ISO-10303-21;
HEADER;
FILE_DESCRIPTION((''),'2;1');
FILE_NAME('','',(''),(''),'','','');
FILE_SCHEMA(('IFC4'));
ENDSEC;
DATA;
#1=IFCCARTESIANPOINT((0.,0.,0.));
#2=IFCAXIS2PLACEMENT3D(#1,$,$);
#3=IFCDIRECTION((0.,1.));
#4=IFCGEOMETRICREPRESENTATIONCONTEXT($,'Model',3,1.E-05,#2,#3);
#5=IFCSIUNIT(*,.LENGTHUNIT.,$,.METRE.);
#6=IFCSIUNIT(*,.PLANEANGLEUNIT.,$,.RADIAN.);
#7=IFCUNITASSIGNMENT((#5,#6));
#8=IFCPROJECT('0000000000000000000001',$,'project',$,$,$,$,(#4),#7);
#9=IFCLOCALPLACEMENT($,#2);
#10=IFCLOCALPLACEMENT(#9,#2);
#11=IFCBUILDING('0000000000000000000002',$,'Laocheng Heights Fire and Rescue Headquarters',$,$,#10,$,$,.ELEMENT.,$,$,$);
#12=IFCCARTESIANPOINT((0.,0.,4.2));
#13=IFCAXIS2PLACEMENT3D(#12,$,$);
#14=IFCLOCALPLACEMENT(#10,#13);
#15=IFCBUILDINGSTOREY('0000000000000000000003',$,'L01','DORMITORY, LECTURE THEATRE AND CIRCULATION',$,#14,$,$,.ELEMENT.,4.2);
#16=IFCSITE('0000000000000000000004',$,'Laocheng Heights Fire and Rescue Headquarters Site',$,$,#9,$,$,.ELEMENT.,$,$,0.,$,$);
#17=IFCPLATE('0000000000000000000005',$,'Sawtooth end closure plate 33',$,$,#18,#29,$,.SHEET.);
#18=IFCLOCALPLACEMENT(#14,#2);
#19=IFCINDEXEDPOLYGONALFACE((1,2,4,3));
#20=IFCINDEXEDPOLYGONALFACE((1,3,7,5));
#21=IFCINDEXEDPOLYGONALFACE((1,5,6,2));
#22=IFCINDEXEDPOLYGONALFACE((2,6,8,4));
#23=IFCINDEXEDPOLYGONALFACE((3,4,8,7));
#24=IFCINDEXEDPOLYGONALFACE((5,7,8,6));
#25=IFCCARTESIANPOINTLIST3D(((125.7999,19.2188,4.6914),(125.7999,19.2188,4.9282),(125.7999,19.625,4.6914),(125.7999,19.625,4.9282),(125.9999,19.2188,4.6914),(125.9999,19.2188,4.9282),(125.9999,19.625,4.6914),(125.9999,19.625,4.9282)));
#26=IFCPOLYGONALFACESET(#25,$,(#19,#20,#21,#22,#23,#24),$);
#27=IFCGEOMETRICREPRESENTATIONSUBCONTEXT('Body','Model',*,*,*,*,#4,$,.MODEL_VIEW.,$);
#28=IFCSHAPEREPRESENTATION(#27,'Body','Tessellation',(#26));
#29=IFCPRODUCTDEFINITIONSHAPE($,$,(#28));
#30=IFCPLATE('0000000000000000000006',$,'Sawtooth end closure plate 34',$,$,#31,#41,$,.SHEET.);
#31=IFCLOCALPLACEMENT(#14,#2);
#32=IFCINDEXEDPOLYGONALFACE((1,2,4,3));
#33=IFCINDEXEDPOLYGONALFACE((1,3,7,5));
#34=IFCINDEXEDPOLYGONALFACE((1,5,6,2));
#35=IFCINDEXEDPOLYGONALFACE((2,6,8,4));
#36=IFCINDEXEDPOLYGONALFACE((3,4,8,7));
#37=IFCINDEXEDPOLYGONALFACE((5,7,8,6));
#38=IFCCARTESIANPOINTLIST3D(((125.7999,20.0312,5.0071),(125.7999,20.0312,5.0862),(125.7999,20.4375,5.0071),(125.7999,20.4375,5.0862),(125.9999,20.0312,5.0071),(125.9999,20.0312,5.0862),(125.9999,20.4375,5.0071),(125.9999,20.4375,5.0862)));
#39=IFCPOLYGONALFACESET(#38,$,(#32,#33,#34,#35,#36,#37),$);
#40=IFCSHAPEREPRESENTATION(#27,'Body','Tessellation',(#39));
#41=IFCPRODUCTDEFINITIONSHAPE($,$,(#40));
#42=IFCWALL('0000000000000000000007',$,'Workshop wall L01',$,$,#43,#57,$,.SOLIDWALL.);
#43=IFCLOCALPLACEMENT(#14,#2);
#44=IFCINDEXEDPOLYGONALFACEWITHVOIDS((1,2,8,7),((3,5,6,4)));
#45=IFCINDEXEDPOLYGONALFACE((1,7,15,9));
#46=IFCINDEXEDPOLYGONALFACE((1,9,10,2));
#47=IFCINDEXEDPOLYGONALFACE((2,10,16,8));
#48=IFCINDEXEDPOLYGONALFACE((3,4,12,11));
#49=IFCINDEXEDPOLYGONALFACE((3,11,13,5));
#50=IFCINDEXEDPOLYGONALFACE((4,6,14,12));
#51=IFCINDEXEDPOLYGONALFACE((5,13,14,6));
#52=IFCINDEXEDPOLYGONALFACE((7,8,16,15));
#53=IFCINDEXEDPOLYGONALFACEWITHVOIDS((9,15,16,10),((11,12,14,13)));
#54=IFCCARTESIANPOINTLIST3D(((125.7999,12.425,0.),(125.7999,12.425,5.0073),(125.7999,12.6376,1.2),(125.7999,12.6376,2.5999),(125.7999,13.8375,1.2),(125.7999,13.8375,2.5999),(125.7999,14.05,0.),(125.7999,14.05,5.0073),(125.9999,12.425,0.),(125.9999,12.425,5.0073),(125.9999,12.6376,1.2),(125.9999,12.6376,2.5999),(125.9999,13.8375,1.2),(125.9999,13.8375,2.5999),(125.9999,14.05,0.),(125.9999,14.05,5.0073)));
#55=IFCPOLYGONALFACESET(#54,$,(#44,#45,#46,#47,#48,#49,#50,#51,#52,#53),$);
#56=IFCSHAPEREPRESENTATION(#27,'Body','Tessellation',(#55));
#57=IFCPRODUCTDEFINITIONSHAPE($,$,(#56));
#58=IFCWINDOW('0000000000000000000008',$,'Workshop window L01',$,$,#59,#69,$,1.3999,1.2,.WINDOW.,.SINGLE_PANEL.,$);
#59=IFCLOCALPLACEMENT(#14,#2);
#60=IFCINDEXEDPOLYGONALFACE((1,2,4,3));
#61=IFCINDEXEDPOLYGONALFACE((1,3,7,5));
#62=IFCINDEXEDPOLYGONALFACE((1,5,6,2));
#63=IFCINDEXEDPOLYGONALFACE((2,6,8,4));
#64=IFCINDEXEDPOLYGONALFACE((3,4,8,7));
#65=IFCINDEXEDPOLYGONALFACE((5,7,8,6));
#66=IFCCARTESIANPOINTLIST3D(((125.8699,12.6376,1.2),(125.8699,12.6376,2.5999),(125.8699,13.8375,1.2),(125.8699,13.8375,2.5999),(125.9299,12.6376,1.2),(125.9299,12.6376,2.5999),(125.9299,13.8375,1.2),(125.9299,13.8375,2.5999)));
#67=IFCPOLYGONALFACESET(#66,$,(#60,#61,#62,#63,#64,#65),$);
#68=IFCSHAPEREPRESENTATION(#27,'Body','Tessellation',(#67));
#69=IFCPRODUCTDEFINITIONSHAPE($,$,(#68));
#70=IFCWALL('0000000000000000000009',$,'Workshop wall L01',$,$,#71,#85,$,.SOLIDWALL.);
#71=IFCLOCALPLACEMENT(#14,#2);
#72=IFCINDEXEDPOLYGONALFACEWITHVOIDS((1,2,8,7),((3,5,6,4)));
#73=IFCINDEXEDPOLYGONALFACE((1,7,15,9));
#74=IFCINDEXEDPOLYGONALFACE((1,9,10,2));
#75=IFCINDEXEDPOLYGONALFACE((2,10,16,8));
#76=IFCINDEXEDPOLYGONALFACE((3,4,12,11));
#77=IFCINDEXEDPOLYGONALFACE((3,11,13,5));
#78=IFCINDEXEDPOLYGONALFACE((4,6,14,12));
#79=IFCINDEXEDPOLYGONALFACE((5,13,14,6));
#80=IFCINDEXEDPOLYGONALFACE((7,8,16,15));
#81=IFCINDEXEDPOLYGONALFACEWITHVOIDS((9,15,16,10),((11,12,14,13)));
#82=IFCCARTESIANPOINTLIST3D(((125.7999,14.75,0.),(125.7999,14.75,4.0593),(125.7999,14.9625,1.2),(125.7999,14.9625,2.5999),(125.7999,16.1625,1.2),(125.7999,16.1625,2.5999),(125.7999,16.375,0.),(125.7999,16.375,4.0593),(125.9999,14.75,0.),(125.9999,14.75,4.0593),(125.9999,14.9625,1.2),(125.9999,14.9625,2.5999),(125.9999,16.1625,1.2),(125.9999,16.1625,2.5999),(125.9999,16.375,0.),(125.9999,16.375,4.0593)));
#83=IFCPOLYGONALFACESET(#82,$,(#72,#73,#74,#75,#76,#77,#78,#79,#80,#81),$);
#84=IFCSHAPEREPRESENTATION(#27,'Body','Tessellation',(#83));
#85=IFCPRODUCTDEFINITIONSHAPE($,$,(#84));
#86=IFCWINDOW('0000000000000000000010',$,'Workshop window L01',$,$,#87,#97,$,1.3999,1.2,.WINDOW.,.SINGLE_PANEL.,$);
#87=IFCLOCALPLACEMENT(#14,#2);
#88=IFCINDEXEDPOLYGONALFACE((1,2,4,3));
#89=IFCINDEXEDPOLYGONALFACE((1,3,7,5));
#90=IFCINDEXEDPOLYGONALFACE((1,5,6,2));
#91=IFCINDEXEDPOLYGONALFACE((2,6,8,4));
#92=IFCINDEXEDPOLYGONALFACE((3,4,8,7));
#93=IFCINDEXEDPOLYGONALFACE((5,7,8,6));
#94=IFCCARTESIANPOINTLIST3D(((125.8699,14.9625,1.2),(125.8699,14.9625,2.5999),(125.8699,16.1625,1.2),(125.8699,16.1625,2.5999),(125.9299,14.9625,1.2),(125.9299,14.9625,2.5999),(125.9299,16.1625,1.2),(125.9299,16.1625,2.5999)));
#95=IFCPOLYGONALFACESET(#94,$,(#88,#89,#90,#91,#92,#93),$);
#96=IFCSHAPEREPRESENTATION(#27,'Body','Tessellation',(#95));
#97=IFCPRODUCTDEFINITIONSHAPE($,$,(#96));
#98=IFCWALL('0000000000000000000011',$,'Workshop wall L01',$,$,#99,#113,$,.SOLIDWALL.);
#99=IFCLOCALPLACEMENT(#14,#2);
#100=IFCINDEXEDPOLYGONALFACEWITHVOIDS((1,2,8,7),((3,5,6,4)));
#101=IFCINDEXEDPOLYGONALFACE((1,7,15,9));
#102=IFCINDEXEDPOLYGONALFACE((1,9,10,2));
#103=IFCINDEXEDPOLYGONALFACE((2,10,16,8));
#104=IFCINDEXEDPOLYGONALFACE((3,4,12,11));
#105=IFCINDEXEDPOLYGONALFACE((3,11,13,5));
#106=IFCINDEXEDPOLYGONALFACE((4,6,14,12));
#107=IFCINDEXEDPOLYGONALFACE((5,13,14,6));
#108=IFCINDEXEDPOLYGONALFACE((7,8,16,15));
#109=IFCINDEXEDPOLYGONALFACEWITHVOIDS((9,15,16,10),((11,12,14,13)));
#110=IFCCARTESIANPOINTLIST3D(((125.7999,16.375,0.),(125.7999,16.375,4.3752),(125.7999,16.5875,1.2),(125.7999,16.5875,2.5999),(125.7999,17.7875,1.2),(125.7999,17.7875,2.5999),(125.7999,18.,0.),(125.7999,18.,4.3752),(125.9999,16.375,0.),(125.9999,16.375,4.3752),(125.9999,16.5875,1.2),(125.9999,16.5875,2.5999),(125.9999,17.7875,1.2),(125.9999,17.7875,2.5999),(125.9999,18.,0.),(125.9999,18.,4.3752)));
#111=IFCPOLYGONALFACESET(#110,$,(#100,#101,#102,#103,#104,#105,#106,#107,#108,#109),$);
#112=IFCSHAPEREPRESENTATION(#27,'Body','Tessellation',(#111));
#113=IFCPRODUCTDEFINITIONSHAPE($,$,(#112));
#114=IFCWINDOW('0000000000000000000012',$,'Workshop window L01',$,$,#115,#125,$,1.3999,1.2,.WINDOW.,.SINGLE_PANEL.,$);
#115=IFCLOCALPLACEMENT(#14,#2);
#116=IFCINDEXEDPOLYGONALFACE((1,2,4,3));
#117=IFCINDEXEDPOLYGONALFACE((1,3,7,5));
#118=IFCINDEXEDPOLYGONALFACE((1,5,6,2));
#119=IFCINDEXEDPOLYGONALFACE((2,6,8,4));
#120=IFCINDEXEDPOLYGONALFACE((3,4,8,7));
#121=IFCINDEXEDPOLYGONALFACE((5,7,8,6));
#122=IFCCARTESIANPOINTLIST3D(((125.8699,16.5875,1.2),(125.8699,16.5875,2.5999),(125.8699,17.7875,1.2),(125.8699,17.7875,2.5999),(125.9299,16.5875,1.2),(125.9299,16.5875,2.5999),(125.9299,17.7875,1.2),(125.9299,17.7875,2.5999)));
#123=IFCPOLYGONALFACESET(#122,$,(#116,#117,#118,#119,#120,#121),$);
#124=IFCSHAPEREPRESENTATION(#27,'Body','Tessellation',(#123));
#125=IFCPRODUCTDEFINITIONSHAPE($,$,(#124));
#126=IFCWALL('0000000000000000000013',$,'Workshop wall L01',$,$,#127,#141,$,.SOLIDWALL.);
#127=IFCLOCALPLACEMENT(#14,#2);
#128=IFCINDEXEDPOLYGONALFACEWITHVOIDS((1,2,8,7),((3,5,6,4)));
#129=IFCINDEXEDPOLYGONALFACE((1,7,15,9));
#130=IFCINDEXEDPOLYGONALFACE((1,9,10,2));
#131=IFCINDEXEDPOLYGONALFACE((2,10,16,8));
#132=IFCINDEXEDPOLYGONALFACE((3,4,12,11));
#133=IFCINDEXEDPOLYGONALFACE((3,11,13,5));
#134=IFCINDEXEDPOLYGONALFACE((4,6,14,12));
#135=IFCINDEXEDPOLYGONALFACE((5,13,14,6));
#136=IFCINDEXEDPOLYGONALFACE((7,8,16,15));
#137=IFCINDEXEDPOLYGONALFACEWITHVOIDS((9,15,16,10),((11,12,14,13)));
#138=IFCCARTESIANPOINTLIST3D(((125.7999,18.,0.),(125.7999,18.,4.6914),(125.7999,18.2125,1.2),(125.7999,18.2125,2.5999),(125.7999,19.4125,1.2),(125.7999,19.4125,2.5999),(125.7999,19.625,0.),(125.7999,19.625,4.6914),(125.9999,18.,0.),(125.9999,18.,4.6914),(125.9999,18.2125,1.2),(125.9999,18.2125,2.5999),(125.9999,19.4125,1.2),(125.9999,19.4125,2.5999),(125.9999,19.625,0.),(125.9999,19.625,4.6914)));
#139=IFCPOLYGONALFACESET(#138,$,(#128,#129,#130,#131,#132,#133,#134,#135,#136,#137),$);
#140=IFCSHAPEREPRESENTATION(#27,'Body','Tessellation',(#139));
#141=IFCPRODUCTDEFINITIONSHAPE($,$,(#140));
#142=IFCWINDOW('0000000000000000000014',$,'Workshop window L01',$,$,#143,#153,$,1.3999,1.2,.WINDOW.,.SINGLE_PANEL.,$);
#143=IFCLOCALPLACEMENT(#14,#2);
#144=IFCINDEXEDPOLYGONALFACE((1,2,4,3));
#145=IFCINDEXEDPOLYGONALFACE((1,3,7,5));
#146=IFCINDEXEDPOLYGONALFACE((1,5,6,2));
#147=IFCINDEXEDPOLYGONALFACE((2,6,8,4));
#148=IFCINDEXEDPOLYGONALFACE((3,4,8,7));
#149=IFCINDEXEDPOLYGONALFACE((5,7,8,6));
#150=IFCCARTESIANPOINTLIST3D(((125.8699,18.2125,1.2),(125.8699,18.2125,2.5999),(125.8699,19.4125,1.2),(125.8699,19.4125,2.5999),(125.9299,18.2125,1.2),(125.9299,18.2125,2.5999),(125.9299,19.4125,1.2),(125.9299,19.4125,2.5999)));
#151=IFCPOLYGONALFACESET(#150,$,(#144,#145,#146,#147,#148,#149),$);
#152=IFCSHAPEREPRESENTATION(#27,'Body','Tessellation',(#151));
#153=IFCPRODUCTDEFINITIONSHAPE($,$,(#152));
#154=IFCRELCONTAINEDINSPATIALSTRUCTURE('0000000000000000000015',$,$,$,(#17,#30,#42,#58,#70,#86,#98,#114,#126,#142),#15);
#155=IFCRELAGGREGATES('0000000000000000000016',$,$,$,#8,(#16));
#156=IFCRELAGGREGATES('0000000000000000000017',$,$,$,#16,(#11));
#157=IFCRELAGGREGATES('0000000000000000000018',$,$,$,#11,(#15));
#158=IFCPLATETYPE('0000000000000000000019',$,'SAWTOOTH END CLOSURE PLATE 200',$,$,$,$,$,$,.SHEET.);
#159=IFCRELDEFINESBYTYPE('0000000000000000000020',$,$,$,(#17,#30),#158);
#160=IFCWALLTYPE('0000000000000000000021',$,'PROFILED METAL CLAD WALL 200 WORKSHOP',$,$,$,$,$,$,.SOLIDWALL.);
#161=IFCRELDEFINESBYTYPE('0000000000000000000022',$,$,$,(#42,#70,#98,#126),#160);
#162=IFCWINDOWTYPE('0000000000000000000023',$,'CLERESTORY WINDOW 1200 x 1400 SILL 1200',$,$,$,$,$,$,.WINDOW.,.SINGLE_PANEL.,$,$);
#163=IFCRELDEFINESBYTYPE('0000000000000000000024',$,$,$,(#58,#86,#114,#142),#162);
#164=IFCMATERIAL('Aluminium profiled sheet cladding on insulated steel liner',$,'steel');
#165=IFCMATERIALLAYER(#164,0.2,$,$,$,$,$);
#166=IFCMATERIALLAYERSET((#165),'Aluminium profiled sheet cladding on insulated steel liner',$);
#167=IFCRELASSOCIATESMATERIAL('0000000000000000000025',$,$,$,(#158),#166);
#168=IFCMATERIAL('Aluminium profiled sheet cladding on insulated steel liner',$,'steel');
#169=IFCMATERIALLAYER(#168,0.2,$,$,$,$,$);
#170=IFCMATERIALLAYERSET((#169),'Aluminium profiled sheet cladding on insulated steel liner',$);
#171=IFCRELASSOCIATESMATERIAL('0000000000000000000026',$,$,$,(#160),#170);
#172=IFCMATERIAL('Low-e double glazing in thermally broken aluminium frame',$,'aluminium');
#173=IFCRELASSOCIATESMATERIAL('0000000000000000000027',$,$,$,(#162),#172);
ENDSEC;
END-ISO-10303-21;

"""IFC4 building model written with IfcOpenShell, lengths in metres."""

from ifc_helpers import new_model, si_unit, direction, frame, frame_2d, origin, origin_2d, place, context, subcontext, project, spatial, rectangle, extrude, material, layer, layer_set, type_object, element, fill, save


model = new_model("IFC4")

# Units and contexts
model_context = context("Model", 3, precision=1e-05, world=origin(), true_north=direction((0.0, 1.0)))
body_context = subcontext(model_context, "Body", "Model", "MODEL_VIEW")
ifc_project = project(units=[si_unit("LENGTHUNIT", "METRE"), si_unit("PLANEANGLEUNIT", "RADIAN")], contexts=[model_context])

# Site, building, storey
site_placement = place(None, origin())
site = spatial("IfcSite", under=ifc_project, at=site_placement, Name="Laocheng Heights Fire and Rescue Headquarters Site", CompositionType="ELEMENT", RefElevation=0.0)
building_placement = place(site_placement, origin())
building = spatial("IfcBuilding", under=site, at=building_placement, Name="Laocheng Heights Fire and Rescue Headquarters", CompositionType="ELEMENT")
storey_placement = place(building_placement, frame((0.0, 0.0, 4.2)))
storey = spatial("IfcBuildingStorey", under=building, at=storey_placement, Name="L01", Description="DORMITORY, LECTURE THEATRE AND CIRCULATION", CompositionType="ELEMENT", Elevation=4.2)

# Plates
ifc_material_1 = material(Name="Aluminium profiled sheet cladding on insulated steel liner", Category="steel")
ifc_layer_1 = layer(ifc_material_1, 0.2)
ifc_layer_set_1 = layer_set([ifc_layer_1], Name="Aluminium profiled sheet cladding on insulated steel liner")
plate_type = type_object("IfcPlateType", Name="SAWTOOTH END CLOSURE PLATE 200", PredefinedType="SHEET", material=ifc_layer_set_1)
plate_1_placement = place(storey_placement, frame((125.8999, 19.4219, 4.6914), z_axis=(0.0, 0.0, 1.0), x_axis=(1.0, 0.0, 0.0)))
element("IfcPlate", 1, at=plate_1_placement, inside=storey, type_object=plate_type, Name="Sawtooth end closure plate 33", PredefinedType="SHEET", context=body_context, shape_type="SweptSolid", body=[
    extrude(rectangle(XDim=0.2, YDim=0.4062, at=origin_2d()), origin(), (0.0, 0.0, 1.0), 0.2368),
])
plate_2_placement = place(storey_placement, frame((125.8999, 20.2344, 5.0071), z_axis=(0.0, 0.0, 1.0), x_axis=(1.0, 0.0, 0.0)))
element("IfcPlate", 2, at=plate_2_placement, inside=storey, type_object=plate_type, Name="Sawtooth end closure plate 34", PredefinedType="SHEET", context=body_context, shape_type="SweptSolid", body=[
    extrude(rectangle(XDim=0.2, YDim=0.4062, at=origin_2d()), origin(), (0.0, 0.0, 1.0), 0.0791),
])

# Walls, openings, windows
ifc_material_2 = material(Name="Aluminium profiled sheet cladding on insulated steel liner", Category="steel")
ifc_layer_2 = layer(ifc_material_2, 0.2)
ifc_layer_set_2 = layer_set([ifc_layer_2], Name="Aluminium profiled sheet cladding on insulated steel liner")
wall_type = type_object("IfcWallType", Name="PROFILED METAL CLAD WALL 200 WORKSHOP", PredefinedType="SOLIDWALL", material=ifc_layer_set_2)
wall_1_placement = place(storey_placement, frame((125.8999, 12.425, 0.0), z_axis=(0.0, 0.0, 1.0), x_axis=(0.0, 1.0, 0.0)))
wall_1 = element("IfcWall", 3, at=wall_1_placement, inside=storey, type_object=wall_type, Name="Workshop wall L01", PredefinedType="SOLIDWALL", context=body_context, shape_type="SweptSolid", body=[
    extrude(rectangle(XDim=1.625, YDim=0.2, at=frame_2d((0.8125, 0.0))), origin(), (0.0, 0.0, 1.0), 5.0073),
])
opening_1_placement = place(wall_1_placement, frame((0.2124, 0.0, 1.2)))
opening_1 = element("IfcOpeningElement", 4, at=opening_1_placement, cuts=wall_1, PredefinedType="OPENING", context=body_context, shape_type="SweptSolid", body=[
    extrude(rectangle(XDim=1.2, YDim=1.3999, at=frame_2d((0.6001, 0.7))), frame((0.0, 0.1099, 0.0), z_axis=(0.0, -1.0, 0.0), x_axis=(1.0, 0.0, 0.0)), (0.0, 0.0, 1.0), 0.22),
])
ifc_material_3 = material(Name="Low-e double glazing in thermally broken aluminium frame", Category="aluminium")
window_type = type_object("IfcWindowType", Name="CLERESTORY WINDOW 1200 x 1400 SILL 1200", PartitioningType="SINGLE_PANEL", PredefinedType="WINDOW", material=ifc_material_3)
window_1_placement = place(opening_1_placement, origin())
window_1 = element("IfcWindow", 5, at=window_1_placement, inside=storey, type_object=window_type, Name="Workshop window L01", OverallHeight=1.3999, OverallWidth=1.2, PartitioningType="SINGLE_PANEL", PredefinedType="WINDOW", context=body_context, shape_type="SweptSolid", body=[
    extrude(rectangle(XDim=1.2, YDim=1.3999, at=frame_2d((0.6001, 0.7))), frame((0.0, 0.03, 0.0), z_axis=(0.0, -1.0, 0.0), x_axis=(1.0, 0.0, 0.0)), (0.0, 0.0, 1.0), 0.0601),
])
fill(opening_1, window_1)
wall_2_placement = place(storey_placement, frame((125.8999, 14.75, 0.0), z_axis=(0.0, 0.0, 1.0), x_axis=(0.0, 1.0, 0.0)))
wall_2 = element("IfcWall", 6, at=wall_2_placement, inside=storey, type_object=wall_type, Name="Workshop wall L01", PredefinedType="SOLIDWALL", context=body_context, shape_type="SweptSolid", body=[
    extrude(rectangle(XDim=1.625, YDim=0.2, at=frame_2d((0.8125, 0.0))), origin(), (0.0, 0.0, 1.0), 4.0593),
])
opening_2_placement = place(wall_2_placement, frame((0.2124, 0.0, 1.2)))
opening_2 = element("IfcOpeningElement", 7, at=opening_2_placement, cuts=wall_2, PredefinedType="OPENING", context=body_context, shape_type="SweptSolid", body=[
    extrude(rectangle(XDim=1.2, YDim=1.3999, at=frame_2d((0.6001, 0.7))), frame((0.0, 0.1099, 0.0), z_axis=(0.0, -1.0, 0.0), x_axis=(1.0, 0.0, 0.0)), (0.0, 0.0, 1.0), 0.22),
])
window_2_placement = place(opening_2_placement, origin())
window_2 = element("IfcWindow", 8, at=window_2_placement, inside=storey, type_object=window_type, Name="Workshop window L01", OverallHeight=1.3999, OverallWidth=1.2, PartitioningType="SINGLE_PANEL", PredefinedType="WINDOW", context=body_context, shape_type="SweptSolid", body=[
    extrude(rectangle(XDim=1.2, YDim=1.3999, at=frame_2d((0.6001, 0.7))), frame((0.0, 0.03, 0.0), z_axis=(0.0, -1.0, 0.0), x_axis=(1.0, 0.0, 0.0)), (0.0, 0.0, 1.0), 0.0601),
])
fill(opening_2, window_2)
wall_3_placement = place(storey_placement, frame((125.8999, 16.375, 0.0), z_axis=(0.0, 0.0, 1.0), x_axis=(0.0, 1.0, 0.0)))
wall_3 = element("IfcWall", 9, at=wall_3_placement, inside=storey, type_object=wall_type, Name="Workshop wall L01", PredefinedType="SOLIDWALL", context=body_context, shape_type="SweptSolid", body=[
    extrude(rectangle(XDim=1.625, YDim=0.2, at=frame_2d((0.8125, 0.0))), origin(), (0.0, 0.0, 1.0), 4.3752),
])
opening_3_placement = place(wall_3_placement, frame((0.2124, 0.0, 1.2)))
opening_3 = element("IfcOpeningElement", 10, at=opening_3_placement, cuts=wall_3, PredefinedType="OPENING", context=body_context, shape_type="SweptSolid", body=[
    extrude(rectangle(XDim=1.2, YDim=1.3999, at=frame_2d((0.6001, 0.7))), frame((0.0, 0.1099, 0.0), z_axis=(0.0, -1.0, 0.0), x_axis=(1.0, 0.0, 0.0)), (0.0, 0.0, 1.0), 0.22),
])
window_3_placement = place(opening_3_placement, origin())
window_3 = element("IfcWindow", 11, at=window_3_placement, inside=storey, type_object=window_type, Name="Workshop window L01", OverallHeight=1.3999, OverallWidth=1.2, PartitioningType="SINGLE_PANEL", PredefinedType="WINDOW", context=body_context, shape_type="SweptSolid", body=[
    extrude(rectangle(XDim=1.2, YDim=1.3999, at=frame_2d((0.6001, 0.7))), frame((0.0, 0.03, 0.0), z_axis=(0.0, -1.0, 0.0), x_axis=(1.0, 0.0, 0.0)), (0.0, 0.0, 1.0), 0.0601),
])
fill(opening_3, window_3)
wall_4_placement = place(storey_placement, frame((125.8999, 18.0, 0.0), z_axis=(0.0, 0.0, 1.0), x_axis=(0.0, 1.0, 0.0)))
wall_4 = element("IfcWall", 12, at=wall_4_placement, inside=storey, type_object=wall_type, Name="Workshop wall L01", PredefinedType="SOLIDWALL", context=body_context, shape_type="SweptSolid", body=[
    extrude(rectangle(XDim=1.625, YDim=0.2, at=frame_2d((0.8125, 0.0))), origin(), (0.0, 0.0, 1.0), 4.6914),
])
opening_4_placement = place(wall_4_placement, frame((0.2124, 0.0, 1.2)))
opening_4 = element("IfcOpeningElement", 13, at=opening_4_placement, cuts=wall_4, PredefinedType="OPENING", context=body_context, shape_type="SweptSolid", body=[
    extrude(rectangle(XDim=1.2, YDim=1.3999, at=frame_2d((0.6001, 0.7))), frame((0.0, 0.1099, 0.0), z_axis=(0.0, -1.0, 0.0), x_axis=(1.0, 0.0, 0.0)), (0.0, 0.0, 1.0), 0.22),
])
window_4_placement = place(opening_4_placement, origin())
window_4 = element("IfcWindow", 14, at=window_4_placement, inside=storey, type_object=window_type, Name="Workshop window L01", OverallHeight=1.3999, OverallWidth=1.2, PartitioningType="SINGLE_PANEL", PredefinedType="WINDOW", context=body_context, shape_type="SweptSolid", body=[
    extrude(rectangle(XDim=1.2, YDim=1.3999, at=frame_2d((0.6001, 0.7))), frame((0.0, 0.03, 0.0), z_axis=(0.0, -1.0, 0.0), x_axis=(1.0, 0.0, 0.0)), (0.0, 0.0, 1.0), 0.0601),
])
fill(opening_4, window_4)

save(model, "model.ifc")
